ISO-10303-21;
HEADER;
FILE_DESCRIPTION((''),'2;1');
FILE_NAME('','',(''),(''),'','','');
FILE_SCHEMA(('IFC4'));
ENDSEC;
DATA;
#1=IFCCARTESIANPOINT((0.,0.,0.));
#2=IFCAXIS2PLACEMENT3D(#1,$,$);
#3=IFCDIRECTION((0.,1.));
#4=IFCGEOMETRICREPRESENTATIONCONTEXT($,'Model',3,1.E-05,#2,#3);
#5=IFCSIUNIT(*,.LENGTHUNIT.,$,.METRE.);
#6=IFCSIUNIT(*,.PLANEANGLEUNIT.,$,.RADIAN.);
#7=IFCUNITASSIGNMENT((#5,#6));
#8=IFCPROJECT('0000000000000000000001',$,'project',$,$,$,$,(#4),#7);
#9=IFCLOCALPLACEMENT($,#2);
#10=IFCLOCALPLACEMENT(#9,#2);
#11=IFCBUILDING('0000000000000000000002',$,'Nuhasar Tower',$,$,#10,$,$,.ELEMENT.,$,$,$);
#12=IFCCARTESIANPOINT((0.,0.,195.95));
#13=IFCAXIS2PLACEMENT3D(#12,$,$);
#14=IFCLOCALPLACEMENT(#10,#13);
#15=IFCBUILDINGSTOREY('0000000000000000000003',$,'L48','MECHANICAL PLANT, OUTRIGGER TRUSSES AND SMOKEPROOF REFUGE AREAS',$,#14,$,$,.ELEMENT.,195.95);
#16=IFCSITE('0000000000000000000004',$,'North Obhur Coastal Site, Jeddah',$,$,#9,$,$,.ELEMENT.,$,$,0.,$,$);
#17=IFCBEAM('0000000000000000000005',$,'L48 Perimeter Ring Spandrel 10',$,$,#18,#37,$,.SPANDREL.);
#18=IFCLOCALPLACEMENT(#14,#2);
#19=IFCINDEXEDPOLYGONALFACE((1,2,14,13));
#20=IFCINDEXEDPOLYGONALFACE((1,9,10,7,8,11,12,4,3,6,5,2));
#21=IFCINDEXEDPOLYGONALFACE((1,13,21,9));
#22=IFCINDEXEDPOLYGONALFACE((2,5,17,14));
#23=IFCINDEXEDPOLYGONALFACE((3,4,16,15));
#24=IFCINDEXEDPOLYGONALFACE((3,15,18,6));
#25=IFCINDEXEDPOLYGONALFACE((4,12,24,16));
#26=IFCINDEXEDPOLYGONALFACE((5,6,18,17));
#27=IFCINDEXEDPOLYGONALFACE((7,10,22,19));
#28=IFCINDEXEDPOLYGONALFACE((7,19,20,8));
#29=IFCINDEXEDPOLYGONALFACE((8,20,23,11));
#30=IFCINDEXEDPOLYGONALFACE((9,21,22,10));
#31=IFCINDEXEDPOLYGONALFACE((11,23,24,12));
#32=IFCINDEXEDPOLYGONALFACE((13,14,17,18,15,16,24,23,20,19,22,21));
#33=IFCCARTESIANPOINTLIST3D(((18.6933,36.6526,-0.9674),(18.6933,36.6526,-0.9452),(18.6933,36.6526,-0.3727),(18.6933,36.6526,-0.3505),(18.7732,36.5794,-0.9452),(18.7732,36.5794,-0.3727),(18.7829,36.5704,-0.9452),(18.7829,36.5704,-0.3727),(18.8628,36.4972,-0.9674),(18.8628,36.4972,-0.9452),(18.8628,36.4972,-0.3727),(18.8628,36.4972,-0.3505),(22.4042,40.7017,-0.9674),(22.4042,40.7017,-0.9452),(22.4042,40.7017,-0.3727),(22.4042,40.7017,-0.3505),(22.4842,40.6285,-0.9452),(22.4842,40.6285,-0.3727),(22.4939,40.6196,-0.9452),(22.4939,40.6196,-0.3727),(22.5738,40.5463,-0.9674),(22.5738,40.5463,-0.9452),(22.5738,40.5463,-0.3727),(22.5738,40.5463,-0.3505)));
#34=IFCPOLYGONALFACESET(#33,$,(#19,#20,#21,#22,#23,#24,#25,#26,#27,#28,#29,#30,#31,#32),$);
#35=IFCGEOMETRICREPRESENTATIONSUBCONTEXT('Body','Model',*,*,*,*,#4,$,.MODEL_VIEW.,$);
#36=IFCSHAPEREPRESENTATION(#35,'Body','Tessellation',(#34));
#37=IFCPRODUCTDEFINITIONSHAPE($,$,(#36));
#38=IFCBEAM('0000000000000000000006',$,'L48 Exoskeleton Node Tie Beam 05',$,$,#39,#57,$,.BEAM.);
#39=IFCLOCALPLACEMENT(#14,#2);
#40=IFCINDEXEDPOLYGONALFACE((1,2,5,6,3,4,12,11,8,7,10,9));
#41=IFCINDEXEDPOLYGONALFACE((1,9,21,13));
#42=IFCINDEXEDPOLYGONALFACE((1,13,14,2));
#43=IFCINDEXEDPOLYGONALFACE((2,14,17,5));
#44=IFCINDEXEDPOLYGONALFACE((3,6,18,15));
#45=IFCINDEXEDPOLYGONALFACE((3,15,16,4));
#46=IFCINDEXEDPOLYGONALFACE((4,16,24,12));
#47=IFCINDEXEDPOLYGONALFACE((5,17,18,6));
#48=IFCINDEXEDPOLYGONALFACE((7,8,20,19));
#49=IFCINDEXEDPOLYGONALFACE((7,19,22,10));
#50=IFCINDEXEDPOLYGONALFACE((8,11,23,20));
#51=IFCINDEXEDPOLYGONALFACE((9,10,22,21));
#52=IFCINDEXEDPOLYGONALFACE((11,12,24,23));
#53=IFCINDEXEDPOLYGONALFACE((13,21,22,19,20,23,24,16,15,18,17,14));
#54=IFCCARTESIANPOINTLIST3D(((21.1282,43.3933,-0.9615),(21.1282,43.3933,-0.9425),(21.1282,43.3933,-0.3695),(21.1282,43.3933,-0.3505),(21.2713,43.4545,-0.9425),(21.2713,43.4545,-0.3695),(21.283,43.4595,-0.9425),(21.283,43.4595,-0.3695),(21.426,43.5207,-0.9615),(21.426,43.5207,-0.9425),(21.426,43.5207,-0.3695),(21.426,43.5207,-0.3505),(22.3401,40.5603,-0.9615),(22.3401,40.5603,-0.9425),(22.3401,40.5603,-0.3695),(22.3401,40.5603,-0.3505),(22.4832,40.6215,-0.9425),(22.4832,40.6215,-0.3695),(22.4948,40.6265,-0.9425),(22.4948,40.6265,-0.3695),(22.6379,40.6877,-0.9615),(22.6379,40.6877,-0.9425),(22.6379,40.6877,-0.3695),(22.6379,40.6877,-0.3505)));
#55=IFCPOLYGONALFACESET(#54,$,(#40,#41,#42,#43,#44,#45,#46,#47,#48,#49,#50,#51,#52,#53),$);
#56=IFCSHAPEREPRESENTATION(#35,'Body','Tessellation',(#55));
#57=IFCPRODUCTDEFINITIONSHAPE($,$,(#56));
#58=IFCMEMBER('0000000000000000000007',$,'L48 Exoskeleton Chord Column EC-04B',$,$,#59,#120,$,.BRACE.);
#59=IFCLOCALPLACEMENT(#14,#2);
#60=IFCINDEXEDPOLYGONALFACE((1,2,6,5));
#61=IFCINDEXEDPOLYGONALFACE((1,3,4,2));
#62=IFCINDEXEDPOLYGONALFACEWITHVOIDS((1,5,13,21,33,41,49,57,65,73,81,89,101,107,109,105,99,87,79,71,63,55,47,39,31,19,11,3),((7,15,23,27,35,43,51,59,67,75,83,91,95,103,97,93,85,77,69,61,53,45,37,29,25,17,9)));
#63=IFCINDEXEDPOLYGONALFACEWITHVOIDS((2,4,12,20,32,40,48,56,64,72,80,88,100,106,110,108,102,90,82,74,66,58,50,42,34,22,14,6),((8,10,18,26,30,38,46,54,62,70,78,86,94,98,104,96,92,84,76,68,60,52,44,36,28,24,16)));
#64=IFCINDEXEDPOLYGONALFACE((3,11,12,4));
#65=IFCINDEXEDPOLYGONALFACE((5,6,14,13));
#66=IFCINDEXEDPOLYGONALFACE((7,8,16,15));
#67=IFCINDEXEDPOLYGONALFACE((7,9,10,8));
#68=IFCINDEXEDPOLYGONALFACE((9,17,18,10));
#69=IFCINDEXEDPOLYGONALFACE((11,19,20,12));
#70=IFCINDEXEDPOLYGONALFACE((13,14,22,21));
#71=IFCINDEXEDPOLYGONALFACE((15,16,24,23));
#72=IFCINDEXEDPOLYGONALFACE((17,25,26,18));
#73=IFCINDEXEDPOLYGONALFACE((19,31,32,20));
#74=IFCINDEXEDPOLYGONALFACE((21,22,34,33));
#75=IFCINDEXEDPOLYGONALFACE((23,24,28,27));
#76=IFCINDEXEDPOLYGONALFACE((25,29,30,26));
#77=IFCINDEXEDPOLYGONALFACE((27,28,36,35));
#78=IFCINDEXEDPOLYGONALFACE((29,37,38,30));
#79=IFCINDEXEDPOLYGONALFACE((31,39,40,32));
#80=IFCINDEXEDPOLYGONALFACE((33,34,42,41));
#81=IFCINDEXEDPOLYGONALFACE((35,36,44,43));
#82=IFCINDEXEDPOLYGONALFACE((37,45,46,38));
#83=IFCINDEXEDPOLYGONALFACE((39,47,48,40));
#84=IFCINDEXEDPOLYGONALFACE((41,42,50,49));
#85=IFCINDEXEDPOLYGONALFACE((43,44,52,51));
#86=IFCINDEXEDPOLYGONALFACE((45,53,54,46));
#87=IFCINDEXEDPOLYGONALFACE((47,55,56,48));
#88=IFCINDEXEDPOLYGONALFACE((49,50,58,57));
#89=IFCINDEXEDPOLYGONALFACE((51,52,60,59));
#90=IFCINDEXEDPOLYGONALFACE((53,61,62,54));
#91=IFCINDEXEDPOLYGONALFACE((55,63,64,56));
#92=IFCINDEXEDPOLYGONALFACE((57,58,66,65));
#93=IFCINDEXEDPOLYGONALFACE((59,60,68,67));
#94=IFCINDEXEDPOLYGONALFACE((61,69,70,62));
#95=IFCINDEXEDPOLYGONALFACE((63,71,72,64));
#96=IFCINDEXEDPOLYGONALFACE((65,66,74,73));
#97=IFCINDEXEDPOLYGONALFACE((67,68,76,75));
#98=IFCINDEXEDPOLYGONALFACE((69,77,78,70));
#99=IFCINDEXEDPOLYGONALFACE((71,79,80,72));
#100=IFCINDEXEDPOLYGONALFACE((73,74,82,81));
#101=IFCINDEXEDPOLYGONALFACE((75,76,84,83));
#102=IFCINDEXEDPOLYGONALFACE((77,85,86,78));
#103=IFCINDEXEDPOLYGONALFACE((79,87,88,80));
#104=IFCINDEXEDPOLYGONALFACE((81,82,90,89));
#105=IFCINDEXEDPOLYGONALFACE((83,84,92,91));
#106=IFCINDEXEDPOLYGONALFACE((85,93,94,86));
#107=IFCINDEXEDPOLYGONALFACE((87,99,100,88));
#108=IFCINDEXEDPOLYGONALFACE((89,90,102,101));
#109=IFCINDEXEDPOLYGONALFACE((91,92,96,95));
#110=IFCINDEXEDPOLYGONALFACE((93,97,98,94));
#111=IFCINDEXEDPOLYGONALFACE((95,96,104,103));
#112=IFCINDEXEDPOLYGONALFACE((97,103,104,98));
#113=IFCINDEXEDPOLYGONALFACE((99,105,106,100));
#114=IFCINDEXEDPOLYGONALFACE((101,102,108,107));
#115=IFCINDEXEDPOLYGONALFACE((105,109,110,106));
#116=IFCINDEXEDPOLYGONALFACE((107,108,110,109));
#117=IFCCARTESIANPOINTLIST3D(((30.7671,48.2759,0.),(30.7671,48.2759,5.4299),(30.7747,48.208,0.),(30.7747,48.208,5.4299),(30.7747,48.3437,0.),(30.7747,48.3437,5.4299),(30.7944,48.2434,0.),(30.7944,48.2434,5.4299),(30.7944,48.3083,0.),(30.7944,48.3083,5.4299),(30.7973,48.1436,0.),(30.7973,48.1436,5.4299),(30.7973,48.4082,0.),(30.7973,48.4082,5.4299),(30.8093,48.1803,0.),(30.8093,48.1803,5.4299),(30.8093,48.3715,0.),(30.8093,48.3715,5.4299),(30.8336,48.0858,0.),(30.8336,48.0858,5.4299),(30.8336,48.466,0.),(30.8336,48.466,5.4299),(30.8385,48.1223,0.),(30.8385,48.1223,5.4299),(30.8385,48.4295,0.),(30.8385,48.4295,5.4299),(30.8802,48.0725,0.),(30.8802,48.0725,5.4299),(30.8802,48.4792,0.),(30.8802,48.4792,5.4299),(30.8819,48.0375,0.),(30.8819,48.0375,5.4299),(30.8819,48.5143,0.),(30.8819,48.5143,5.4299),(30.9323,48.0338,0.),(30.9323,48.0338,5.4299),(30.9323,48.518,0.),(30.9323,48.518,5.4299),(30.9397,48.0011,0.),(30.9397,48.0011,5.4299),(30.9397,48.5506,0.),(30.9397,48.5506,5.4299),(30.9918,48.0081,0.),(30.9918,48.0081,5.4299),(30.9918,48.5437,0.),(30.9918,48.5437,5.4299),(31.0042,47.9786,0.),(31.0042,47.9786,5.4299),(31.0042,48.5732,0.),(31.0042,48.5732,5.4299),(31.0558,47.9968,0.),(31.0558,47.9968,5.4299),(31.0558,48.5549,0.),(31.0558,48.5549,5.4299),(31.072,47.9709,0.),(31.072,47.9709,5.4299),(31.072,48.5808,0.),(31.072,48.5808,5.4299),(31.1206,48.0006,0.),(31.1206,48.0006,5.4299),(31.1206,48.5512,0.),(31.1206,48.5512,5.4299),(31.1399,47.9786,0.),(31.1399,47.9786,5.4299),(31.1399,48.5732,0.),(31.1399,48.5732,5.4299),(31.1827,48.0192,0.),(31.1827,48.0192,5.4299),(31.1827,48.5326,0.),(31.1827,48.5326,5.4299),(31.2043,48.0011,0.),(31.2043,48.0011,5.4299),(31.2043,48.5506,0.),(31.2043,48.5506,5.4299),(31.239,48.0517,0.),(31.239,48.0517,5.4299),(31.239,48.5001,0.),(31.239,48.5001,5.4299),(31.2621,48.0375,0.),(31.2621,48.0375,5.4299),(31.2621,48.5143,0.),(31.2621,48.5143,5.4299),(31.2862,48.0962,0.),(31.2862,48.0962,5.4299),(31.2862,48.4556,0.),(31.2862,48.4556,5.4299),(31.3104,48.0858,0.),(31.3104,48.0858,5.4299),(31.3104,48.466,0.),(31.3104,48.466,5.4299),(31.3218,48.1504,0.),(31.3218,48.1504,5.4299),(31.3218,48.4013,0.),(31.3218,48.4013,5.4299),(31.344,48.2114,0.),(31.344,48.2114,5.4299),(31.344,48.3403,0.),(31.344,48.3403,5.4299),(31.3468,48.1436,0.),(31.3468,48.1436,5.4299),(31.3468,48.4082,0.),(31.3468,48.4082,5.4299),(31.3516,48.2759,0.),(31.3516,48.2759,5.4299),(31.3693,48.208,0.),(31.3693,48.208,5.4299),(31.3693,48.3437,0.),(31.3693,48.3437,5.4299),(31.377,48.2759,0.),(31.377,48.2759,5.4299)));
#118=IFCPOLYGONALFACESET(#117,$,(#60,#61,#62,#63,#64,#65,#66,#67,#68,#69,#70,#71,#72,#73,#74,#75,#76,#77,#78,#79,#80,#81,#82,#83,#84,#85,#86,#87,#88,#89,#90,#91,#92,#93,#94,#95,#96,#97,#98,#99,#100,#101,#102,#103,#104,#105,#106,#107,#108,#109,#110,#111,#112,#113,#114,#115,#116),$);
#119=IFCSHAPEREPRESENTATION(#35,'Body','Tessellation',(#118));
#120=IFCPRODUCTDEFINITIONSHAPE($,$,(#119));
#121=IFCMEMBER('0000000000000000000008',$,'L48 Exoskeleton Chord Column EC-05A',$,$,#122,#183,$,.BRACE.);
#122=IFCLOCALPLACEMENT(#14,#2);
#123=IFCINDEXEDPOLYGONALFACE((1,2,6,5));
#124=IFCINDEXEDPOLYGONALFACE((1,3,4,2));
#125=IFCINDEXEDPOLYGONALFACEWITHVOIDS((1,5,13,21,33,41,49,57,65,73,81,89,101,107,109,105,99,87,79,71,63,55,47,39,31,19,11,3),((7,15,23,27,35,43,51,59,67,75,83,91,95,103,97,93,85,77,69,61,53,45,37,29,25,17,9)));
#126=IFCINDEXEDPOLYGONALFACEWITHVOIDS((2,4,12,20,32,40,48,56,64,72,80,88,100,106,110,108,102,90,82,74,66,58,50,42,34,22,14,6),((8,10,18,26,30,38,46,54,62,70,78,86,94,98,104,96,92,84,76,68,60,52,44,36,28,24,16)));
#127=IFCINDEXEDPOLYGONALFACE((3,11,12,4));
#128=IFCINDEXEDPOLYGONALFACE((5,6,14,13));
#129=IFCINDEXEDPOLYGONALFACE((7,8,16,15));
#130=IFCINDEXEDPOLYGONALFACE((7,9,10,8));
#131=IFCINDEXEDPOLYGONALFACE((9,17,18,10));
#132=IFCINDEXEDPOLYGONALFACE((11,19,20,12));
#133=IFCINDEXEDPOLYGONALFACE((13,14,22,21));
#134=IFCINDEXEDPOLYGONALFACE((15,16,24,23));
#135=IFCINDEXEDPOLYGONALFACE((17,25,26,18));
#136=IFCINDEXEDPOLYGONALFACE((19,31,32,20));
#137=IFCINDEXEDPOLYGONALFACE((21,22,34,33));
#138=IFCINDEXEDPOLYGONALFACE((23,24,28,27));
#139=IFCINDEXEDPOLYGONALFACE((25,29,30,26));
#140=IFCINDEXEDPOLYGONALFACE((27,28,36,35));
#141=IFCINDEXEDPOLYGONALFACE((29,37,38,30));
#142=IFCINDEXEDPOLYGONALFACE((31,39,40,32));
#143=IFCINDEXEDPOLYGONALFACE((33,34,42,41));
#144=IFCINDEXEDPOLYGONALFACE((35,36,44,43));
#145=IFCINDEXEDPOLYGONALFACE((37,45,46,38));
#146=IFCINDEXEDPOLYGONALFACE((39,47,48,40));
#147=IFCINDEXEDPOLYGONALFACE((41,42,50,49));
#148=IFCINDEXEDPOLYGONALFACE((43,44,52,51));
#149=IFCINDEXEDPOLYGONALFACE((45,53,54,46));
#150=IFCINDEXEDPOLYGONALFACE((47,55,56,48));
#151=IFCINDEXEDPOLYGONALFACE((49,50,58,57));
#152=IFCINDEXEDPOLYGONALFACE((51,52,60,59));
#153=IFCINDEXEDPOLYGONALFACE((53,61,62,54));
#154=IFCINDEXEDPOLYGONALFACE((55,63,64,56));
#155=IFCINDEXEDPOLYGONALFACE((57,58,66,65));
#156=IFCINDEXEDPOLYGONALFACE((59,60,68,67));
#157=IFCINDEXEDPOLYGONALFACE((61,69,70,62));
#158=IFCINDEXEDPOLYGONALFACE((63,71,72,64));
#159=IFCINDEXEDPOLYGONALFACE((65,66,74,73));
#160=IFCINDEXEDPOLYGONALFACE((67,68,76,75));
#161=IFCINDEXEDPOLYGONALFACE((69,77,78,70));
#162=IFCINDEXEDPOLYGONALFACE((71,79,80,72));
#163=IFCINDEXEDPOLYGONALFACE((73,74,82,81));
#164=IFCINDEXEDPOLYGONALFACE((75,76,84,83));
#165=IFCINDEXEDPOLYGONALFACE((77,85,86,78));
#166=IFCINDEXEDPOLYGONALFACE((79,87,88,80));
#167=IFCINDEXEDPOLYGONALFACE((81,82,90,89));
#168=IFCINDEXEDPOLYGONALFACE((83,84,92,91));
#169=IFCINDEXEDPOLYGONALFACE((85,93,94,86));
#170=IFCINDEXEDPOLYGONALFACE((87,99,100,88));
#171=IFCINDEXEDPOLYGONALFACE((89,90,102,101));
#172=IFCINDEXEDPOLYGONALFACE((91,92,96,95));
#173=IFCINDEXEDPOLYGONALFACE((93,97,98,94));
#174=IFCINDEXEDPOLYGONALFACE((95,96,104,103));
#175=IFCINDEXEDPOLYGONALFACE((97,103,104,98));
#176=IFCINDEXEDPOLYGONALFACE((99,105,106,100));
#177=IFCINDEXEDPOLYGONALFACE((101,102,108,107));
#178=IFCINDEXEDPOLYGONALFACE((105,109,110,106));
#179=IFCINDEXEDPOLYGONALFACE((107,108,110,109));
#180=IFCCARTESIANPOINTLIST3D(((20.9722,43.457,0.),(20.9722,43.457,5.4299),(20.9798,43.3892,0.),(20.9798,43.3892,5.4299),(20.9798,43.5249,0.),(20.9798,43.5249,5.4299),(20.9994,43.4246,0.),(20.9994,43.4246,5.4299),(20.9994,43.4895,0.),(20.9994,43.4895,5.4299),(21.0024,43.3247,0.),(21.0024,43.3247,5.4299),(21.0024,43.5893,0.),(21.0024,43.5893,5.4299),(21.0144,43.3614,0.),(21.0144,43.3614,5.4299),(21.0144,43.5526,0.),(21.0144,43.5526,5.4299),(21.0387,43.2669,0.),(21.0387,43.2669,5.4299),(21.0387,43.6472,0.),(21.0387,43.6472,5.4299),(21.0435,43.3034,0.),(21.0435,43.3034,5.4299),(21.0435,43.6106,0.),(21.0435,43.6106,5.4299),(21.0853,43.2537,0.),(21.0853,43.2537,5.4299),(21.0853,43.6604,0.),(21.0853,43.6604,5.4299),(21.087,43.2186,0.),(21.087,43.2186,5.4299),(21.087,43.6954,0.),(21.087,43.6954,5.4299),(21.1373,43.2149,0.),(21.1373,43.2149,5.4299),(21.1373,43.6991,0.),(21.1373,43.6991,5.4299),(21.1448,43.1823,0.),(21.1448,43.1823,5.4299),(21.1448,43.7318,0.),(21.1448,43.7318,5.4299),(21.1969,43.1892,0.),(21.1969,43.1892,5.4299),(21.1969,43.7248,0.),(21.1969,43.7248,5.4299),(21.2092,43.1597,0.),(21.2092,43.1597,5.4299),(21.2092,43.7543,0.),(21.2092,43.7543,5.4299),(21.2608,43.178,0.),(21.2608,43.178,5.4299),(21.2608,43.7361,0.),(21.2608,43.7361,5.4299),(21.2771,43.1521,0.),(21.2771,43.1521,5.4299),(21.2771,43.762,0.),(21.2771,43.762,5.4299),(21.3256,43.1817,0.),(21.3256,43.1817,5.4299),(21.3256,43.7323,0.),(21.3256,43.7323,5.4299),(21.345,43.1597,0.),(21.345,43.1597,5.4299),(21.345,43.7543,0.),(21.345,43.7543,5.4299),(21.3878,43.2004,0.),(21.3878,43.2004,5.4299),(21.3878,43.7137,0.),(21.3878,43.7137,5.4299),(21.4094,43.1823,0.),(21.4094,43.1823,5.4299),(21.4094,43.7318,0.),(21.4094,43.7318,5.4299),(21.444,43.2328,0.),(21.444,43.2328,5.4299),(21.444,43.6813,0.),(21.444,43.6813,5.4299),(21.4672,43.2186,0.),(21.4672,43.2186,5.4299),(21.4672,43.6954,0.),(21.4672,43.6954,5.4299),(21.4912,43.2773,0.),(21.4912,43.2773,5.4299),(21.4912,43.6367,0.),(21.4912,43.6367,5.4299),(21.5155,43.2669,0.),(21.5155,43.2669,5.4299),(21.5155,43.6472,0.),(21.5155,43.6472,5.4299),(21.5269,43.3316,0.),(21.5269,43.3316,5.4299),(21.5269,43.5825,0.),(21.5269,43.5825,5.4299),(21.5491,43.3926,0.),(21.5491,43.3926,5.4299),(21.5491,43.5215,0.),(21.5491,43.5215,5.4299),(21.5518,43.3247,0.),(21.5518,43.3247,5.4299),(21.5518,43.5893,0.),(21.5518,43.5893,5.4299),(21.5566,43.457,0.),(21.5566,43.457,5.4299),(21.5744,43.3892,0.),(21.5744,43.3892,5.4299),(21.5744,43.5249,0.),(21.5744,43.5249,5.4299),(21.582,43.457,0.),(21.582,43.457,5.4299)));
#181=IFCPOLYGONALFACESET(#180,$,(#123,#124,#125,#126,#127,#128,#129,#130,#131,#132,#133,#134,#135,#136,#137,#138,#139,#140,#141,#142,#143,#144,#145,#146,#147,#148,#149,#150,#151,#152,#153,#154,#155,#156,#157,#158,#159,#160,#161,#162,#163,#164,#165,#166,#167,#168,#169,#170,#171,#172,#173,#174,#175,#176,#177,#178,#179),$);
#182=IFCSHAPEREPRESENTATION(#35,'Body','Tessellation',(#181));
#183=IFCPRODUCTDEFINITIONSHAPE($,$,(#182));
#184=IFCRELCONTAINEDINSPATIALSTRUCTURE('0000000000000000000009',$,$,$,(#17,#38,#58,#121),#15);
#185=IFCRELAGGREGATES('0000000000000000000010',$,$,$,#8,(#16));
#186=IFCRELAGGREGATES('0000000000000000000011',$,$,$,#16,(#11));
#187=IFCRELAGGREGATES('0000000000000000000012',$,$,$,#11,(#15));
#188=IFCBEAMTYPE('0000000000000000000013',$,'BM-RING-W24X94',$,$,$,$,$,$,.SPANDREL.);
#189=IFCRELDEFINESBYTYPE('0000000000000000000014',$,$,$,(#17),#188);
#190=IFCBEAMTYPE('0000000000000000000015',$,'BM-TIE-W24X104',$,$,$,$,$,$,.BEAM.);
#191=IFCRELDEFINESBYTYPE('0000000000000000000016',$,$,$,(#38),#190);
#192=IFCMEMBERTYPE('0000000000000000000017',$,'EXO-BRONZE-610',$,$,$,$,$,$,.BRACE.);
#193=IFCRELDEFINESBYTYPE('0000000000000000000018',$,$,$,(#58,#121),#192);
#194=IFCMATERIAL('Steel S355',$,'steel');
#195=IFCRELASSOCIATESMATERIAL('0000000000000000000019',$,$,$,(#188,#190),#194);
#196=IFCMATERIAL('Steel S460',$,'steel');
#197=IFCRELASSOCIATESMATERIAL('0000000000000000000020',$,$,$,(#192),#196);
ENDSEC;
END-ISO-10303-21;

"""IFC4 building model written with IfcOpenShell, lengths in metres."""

from ifc_helpers import new_model, si_unit, direction, frame, origin, origin_2d, place, context, subcontext, project, spatial, hollow_circle, i_section, extrude, material, material_profile, profile_set, type_object, element, save


model = new_model("IFC4")

# Units and contexts
model_context = context("Model", 3, precision=1e-05, world=origin(), true_north=direction((0.0, 1.0)))
body_context = subcontext(model_context, "Body", "Model", "MODEL_VIEW")
ifc_project = project(units=[si_unit("LENGTHUNIT", "METRE"), si_unit("PLANEANGLEUNIT", "RADIAN")], contexts=[model_context])

# Site, building, storey
site_placement = place(None, origin())
site = spatial("IfcSite", under=ifc_project, at=site_placement, Name="North Obhur Coastal Site, Jeddah", CompositionType="ELEMENT", RefElevation=0.0)
building_placement = place(site_placement, origin())
building = spatial("IfcBuilding", under=site, at=building_placement, Name="Nuhasar Tower", CompositionType="ELEMENT")
storey_placement = place(building_placement, frame((0.0, 0.0, 195.95)))
storey = spatial("IfcBuildingStorey", under=building, at=storey_placement, Name="L48", Description="MECHANICAL PLANT, OUTRIGGER TRUSSES AND SMOKEPROOF REFUGE AREAS", CompositionType="ELEMENT", Elevation=195.95)

# Shared definitions
ifc_material_1 = material(Name="Steel S460", Category="steel")

# Beams
ifc_material_2 = material(Name="Steel S355", Category="steel")
ifc_material_profile_1 = material_profile(ifc_material_2, i_section(OverallWidth=0.23, OverallDepth=0.6169, WebThickness=0.0132, FlangeThickness=0.0222, at=origin_2d()), Name="W24X94")
ifc_profile_set_1 = profile_set([ifc_material_profile_1], Name="Steel S355")
beam_type_1 = type_object("IfcBeamType", Name="BM-RING-W24X94", PredefinedType="SPANDREL", material=ifc_profile_set_1)
beam_1_placement = place(storey_placement, frame((22.489, 40.624, -0.6589), z_axis=(-0.675654, -0.737219, 0.0), x_axis=(0.737219, -0.675654, 0.0)))
element("IfcBeam", 1, at=beam_1_placement, inside=storey, type_object=beam_type_1, Name="L48 Perimeter Ring Spandrel 10", PredefinedType="SPANDREL", context=body_context, shape_type="SweptSolid", body=[
    extrude(i_section(OverallWidth=0.23, OverallDepth=0.6169, WebThickness=0.0132, FlangeThickness=0.0222, at=origin_2d()), origin(), (0.0, 0.0, 1.0), 5.4924),
])
ifc_material_profile_2 = material_profile(ifc_material_2, i_section(OverallWidth=0.324, OverallDepth=0.6111, WebThickness=0.0127, FlangeThickness=0.019, at=origin_2d()), Name="W24X104")
ifc_profile_set_2 = profile_set([ifc_material_profile_2], Name="Steel S355")
beam_type_2 = type_object("IfcBeamType", Name="BM-TIE-W24X104", PredefinedType="BEAM", material=ifc_profile_set_2)
beam_2_placement = place(storey_placement, frame((22.489, 40.624, -0.656), z_axis=(-0.393307, 0.919407, 0.0), x_axis=(-0.919407, -0.393307, 0.0)))
element("IfcBeam", 2, at=beam_2_placement, inside=storey, type_object=beam_type_2, Name="L48 Exoskeleton Node Tie Beam 05", PredefinedType="BEAM", context=body_context, shape_type="SweptSolid", body=[
    extrude(i_section(OverallWidth=0.324, OverallDepth=0.6111, WebThickness=0.0127, FlangeThickness=0.019, at=origin_2d()), origin(), (0.0, 0.0, 1.0), 3.0813),
])

# Members
ifc_material_profile_3 = material_profile(ifc_material_1, hollow_circle(Radius=0.3049, WallThickness=0.0254, at=origin_2d()), Name="HSS610X25.4")
ifc_profile_set_3 = profile_set([ifc_material_profile_3], Name="Steel S460")
member_type_1 = type_object("IfcMemberType", Name="EXO-BRONZE-610", PredefinedType="BRACE", material=ifc_profile_set_3)
for number, where, z_axis, x_axis, name in (
    (3, (31.072, 48.2759, 0.0), (0.0, 0.0, 1.0), (1.0, 0.0, 0.0), "L48 Exoskeleton Chord Column EC-04B"),
    (4, (21.2771, 43.457, 0.0), (0.0, 0.0, 1.0), (1.0, 0.0, 0.0), "L48 Exoskeleton Chord Column EC-05A"),
):
    element("IfcMember", number, at=place(storey_placement, frame(where, z_axis=z_axis, x_axis=x_axis)), inside=storey, type_object=member_type_1, Name=name, PredefinedType="BRACE", context=body_context, shape_type="SweptSolid", body=[
        extrude(hollow_circle(Radius=0.3049, WallThickness=0.0254, at=origin_2d()), origin(), (0.0, 0.0, 1.0), 5.4299),
    ])

save(model, "model.ifc")
